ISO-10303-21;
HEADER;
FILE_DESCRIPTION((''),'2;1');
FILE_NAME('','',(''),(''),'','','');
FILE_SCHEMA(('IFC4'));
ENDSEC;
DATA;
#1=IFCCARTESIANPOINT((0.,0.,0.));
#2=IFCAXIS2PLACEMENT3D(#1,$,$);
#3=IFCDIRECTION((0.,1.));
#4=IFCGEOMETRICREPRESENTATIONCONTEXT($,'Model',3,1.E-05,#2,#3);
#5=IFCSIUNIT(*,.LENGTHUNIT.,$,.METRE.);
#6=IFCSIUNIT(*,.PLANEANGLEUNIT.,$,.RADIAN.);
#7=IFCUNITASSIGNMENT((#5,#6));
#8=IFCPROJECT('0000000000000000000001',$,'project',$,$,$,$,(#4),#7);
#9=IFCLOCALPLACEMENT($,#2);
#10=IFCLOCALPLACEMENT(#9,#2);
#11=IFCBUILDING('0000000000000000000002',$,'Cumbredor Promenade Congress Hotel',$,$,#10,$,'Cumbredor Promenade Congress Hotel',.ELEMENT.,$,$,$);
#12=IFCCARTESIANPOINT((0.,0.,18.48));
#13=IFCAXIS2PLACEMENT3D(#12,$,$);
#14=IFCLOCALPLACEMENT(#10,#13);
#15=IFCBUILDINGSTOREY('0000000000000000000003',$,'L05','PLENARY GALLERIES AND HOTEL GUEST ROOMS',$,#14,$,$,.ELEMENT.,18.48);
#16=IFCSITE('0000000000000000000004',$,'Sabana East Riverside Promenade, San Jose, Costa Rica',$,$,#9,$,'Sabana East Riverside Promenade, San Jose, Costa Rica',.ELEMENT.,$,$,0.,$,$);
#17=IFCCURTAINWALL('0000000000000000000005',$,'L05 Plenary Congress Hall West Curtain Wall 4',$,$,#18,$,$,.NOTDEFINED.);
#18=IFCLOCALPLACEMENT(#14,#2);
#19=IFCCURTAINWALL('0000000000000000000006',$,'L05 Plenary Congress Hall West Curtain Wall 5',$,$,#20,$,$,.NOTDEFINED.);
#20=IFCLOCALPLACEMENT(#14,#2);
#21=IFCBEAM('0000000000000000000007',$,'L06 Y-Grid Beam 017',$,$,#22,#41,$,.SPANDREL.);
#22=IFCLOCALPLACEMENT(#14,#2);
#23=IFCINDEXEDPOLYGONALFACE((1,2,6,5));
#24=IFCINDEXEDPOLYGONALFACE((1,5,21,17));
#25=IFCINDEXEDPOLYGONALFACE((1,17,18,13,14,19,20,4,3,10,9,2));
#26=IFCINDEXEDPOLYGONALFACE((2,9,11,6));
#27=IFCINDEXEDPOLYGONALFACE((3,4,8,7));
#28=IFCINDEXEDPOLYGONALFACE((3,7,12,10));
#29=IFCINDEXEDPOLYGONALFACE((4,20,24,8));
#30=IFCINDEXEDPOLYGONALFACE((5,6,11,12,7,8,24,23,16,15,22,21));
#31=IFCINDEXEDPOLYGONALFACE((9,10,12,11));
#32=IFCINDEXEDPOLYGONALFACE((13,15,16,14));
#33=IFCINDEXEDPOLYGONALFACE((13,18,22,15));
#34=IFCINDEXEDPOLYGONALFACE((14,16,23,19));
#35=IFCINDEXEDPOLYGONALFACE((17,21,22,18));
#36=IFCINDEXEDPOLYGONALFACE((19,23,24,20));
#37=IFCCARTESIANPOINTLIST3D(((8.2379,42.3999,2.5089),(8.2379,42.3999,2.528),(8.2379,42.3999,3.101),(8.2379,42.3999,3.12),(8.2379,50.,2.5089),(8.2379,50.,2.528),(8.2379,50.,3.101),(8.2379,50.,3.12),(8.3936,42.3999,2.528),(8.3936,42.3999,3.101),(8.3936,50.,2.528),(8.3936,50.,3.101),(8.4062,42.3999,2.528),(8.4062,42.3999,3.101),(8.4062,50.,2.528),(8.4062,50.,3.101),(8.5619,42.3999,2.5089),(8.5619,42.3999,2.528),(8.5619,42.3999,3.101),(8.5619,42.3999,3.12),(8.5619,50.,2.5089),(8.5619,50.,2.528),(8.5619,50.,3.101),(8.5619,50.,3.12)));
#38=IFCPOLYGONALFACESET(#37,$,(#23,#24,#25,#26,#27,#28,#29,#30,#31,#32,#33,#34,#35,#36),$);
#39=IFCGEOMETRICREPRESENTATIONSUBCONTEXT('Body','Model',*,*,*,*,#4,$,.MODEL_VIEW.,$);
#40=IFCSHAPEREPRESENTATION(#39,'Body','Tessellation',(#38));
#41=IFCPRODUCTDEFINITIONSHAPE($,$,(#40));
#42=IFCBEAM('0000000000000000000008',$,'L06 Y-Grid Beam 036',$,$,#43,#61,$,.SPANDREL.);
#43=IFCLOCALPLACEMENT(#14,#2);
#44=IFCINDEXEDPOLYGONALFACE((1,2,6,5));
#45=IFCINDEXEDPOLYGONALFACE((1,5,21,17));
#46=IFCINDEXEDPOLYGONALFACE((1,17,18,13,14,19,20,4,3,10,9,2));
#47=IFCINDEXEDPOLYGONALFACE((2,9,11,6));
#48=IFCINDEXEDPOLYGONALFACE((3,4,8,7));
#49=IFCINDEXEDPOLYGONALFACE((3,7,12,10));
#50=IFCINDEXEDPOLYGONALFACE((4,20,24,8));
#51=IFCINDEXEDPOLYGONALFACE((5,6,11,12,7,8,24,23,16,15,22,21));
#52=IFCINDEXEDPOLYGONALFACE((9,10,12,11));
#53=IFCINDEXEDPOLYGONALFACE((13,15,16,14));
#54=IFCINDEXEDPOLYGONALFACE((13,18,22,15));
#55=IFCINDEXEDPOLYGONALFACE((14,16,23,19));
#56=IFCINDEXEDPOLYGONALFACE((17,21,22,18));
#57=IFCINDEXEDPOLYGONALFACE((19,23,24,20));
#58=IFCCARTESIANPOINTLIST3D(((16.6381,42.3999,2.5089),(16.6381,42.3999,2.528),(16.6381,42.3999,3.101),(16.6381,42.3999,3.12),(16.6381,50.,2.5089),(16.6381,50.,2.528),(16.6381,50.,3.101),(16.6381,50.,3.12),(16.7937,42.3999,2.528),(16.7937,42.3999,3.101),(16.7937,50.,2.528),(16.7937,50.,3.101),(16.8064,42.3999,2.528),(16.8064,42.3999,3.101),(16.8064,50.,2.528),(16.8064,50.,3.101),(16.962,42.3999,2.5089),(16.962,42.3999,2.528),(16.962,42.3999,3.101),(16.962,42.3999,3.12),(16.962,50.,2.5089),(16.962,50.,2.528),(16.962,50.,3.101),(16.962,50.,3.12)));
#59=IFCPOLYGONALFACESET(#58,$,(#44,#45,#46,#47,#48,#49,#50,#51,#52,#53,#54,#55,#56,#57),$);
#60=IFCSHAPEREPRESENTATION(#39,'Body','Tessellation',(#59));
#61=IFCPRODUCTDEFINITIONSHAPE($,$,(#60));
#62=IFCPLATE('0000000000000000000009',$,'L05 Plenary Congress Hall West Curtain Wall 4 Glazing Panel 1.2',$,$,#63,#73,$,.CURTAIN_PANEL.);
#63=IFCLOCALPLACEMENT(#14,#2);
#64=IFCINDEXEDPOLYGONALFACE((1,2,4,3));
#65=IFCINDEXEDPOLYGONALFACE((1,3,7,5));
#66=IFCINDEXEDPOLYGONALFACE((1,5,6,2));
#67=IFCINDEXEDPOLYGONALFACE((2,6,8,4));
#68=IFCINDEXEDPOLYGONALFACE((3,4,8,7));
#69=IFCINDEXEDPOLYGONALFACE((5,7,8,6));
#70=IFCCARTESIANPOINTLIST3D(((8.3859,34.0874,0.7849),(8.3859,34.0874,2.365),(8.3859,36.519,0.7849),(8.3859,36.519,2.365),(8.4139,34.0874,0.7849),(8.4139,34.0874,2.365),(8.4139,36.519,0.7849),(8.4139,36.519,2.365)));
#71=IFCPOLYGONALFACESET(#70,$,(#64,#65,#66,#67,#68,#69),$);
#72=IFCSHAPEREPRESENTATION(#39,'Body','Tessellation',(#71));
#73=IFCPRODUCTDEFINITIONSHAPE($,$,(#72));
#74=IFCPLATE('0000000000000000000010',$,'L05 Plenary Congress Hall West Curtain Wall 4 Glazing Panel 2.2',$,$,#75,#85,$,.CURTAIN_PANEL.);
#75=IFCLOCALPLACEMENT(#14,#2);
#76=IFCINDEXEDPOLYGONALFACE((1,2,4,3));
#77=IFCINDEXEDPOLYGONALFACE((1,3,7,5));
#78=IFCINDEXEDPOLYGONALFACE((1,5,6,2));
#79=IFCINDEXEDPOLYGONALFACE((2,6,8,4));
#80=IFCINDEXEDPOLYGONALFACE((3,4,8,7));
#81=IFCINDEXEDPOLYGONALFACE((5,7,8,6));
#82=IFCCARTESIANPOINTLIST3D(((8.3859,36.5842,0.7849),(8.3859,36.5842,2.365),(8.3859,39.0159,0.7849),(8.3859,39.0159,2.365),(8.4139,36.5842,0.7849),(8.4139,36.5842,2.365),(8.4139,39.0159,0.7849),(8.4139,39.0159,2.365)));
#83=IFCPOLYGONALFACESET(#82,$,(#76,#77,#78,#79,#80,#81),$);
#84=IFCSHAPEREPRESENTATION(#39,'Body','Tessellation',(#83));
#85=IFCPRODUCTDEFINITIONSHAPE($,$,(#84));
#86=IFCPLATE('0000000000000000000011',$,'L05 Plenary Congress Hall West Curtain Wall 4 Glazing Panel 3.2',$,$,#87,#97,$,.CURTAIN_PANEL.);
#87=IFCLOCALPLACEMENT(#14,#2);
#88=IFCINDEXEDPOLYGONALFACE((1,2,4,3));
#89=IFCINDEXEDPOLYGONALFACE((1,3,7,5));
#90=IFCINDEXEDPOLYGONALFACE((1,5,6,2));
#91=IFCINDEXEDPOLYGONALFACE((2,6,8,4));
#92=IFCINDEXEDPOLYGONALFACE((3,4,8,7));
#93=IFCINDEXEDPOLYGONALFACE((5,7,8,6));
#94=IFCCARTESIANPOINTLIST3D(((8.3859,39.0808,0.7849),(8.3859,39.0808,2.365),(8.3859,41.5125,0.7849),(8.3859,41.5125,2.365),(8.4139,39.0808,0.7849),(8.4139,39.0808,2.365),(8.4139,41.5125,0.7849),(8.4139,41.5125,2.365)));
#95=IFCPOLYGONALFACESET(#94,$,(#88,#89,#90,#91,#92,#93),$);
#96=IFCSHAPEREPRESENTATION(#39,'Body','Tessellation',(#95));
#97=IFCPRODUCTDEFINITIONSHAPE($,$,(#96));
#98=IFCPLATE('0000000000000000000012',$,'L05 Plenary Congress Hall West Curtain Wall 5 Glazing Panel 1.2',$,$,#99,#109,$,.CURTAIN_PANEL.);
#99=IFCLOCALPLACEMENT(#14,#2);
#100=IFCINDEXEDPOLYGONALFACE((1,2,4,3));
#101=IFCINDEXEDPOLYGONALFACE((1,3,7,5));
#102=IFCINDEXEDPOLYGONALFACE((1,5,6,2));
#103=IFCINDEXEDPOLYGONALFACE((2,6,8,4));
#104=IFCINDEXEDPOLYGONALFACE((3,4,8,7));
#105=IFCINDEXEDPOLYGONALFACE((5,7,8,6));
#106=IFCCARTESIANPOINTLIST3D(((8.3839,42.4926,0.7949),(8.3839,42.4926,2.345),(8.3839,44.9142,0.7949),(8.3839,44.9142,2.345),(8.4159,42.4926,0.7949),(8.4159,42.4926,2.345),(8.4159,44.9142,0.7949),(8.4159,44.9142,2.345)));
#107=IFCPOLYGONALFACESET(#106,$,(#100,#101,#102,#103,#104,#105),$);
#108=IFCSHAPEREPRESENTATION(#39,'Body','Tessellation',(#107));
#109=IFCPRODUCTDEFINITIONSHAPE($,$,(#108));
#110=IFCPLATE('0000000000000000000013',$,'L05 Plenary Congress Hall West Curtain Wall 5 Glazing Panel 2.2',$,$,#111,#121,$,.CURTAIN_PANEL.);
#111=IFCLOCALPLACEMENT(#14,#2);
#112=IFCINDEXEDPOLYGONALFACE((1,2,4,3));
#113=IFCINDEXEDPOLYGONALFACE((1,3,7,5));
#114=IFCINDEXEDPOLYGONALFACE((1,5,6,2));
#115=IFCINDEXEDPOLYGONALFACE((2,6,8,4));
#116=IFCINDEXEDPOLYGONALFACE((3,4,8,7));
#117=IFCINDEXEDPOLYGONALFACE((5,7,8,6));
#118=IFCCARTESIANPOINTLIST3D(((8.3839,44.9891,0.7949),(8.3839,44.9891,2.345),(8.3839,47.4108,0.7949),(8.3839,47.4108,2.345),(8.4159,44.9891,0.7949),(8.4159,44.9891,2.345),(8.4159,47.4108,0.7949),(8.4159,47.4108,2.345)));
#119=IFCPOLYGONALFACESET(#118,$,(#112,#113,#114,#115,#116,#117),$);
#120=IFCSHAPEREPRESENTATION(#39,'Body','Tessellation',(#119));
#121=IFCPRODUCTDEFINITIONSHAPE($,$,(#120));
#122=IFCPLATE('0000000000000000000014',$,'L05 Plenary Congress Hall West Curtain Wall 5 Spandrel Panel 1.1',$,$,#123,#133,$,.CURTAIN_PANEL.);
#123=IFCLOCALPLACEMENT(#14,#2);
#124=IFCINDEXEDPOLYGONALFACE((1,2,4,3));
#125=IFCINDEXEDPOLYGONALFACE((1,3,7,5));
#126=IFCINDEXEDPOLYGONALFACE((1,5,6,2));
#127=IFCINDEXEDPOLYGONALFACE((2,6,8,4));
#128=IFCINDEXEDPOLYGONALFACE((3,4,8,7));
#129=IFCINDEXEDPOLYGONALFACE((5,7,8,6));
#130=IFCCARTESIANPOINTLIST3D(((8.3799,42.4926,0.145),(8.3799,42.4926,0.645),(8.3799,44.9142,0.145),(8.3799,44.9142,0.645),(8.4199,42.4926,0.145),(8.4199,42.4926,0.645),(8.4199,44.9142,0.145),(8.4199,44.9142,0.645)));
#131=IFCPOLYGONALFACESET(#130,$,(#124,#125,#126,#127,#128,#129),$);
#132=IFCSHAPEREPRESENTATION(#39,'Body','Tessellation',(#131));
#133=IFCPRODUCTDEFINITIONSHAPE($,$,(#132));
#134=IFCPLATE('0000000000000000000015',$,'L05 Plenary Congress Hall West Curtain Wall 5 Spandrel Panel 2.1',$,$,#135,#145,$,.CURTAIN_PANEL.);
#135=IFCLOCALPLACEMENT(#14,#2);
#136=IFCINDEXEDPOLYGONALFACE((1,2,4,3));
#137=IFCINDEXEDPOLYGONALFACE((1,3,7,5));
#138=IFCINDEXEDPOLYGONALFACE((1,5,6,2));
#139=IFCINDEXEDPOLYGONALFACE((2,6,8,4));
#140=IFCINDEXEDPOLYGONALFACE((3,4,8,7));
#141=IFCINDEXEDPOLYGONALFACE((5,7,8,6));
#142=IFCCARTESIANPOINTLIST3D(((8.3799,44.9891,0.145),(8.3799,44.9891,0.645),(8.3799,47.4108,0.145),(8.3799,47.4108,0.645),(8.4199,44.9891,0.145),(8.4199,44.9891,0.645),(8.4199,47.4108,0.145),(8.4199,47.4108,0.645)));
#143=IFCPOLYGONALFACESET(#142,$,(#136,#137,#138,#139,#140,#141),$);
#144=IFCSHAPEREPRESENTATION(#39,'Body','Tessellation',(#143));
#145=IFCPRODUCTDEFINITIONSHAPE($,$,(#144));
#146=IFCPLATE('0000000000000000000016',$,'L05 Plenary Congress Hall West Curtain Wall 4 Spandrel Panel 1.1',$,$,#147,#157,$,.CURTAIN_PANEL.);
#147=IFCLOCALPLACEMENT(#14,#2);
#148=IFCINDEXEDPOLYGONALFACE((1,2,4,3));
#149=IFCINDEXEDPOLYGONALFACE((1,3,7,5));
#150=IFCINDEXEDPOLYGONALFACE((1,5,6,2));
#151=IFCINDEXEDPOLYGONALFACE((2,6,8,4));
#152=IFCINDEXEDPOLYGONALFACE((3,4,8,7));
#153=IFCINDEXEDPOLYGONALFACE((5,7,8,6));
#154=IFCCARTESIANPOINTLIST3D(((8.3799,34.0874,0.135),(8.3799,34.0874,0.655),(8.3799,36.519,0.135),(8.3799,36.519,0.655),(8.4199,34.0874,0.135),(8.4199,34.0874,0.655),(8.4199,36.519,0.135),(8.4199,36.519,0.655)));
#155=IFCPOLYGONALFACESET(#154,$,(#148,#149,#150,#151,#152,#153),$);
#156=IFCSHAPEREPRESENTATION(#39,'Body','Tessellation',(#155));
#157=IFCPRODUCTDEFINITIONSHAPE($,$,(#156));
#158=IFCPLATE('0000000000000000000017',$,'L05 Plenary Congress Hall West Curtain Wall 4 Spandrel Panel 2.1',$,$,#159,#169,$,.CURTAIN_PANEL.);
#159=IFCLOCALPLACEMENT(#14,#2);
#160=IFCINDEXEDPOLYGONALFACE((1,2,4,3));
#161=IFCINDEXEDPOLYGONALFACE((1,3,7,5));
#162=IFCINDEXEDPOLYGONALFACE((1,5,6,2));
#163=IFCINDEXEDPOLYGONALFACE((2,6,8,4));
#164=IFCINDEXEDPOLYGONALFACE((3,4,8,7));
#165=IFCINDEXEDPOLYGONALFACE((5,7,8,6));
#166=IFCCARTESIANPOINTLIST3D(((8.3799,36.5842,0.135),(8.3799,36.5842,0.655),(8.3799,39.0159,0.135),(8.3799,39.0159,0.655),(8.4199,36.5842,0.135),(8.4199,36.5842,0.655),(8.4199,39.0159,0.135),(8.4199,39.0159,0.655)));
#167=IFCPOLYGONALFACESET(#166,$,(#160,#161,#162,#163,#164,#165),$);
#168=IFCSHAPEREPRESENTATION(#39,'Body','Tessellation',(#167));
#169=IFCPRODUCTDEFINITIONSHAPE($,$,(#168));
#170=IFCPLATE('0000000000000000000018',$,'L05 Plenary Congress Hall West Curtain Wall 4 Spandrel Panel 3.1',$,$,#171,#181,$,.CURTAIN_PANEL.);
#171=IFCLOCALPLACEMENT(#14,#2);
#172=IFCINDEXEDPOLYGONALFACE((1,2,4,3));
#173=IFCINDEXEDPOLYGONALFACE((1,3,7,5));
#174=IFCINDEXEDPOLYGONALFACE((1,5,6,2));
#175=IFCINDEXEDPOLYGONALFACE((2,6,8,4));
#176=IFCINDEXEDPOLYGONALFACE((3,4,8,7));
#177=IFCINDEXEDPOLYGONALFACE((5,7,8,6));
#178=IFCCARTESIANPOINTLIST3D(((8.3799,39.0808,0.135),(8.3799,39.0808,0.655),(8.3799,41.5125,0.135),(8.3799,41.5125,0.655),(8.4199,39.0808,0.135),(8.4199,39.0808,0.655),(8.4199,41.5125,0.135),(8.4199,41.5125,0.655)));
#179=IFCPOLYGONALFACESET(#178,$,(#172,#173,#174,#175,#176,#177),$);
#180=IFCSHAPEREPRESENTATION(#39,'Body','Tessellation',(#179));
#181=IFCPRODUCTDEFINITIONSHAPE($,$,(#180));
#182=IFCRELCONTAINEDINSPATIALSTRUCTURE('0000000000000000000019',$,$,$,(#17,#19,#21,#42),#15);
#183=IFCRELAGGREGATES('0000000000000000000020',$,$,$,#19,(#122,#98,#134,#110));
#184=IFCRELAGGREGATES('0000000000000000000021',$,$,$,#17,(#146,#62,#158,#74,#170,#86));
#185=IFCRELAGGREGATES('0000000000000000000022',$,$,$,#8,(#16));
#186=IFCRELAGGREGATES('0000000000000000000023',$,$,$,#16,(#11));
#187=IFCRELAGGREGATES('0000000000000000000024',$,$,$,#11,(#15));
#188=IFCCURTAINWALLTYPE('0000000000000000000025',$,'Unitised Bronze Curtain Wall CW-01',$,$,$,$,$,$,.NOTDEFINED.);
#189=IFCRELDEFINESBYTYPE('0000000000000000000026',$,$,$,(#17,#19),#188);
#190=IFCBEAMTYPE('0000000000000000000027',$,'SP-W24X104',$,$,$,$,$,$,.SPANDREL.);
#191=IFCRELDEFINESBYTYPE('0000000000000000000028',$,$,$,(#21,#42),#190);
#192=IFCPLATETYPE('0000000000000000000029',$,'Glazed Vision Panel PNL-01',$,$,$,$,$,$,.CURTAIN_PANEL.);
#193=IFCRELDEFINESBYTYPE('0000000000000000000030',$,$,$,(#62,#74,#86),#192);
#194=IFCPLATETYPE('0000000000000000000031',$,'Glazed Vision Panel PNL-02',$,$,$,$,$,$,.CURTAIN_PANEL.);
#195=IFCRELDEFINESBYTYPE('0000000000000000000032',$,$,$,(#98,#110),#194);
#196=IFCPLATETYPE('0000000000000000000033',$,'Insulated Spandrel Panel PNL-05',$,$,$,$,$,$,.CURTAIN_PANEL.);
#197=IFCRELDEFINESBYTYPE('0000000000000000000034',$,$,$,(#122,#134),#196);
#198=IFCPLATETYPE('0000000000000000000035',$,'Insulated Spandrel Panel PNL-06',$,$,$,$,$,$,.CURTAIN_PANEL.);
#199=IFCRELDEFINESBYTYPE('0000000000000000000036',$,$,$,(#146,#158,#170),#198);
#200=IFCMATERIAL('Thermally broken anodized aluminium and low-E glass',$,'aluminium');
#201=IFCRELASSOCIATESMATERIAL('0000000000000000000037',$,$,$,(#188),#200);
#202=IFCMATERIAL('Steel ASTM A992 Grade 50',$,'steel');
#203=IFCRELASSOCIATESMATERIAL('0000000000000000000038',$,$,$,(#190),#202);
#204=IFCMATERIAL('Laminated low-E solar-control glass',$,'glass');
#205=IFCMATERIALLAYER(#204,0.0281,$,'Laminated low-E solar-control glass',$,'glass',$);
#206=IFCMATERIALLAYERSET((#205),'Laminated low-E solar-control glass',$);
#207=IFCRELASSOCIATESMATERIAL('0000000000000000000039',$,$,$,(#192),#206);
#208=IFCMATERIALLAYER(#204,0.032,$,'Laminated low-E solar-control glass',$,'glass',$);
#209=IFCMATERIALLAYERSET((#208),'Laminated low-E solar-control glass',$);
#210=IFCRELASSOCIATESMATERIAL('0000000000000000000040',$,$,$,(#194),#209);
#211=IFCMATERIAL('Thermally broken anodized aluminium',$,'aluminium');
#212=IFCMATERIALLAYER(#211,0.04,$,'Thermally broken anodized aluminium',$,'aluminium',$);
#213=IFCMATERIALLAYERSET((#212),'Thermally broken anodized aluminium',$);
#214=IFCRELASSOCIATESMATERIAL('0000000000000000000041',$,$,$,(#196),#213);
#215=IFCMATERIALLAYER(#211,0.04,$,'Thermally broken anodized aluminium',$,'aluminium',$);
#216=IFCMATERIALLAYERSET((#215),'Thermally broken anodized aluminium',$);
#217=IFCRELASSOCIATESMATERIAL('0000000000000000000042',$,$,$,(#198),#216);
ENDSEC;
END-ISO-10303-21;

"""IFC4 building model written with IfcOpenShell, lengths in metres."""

from ifc_helpers import new_model, si_unit, direction, frame, origin, origin_2d, place, context, subcontext, project, spatial, rectangle, i_section, extrude, material, layer, layer_set, material_profile, profile_set, type_object, element, aggregate, save


model = new_model("IFC4")

# Units and contexts
model_context = context("Model", 3, precision=1e-05, world=origin(), true_north=direction((0.0, 1.0)))
body_context = subcontext(model_context, "Body", "Model", "MODEL_VIEW")
ifc_project = project(units=[si_unit("LENGTHUNIT", "METRE"), si_unit("PLANEANGLEUNIT", "RADIAN")], contexts=[model_context])

# Site, building, storey
site_placement = place(None, origin())
site = spatial("IfcSite", under=ifc_project, at=site_placement, Name="Sabana East Riverside Promenade, San Jose, Costa Rica", LongName="Sabana East Riverside Promenade, San Jose, Costa Rica", CompositionType="ELEMENT", RefElevation=0.0)
building_placement = place(site_placement, origin())
building = spatial("IfcBuilding", under=site, at=building_placement, Name="Cumbredor Promenade Congress Hotel", LongName="Cumbredor Promenade Congress Hotel", CompositionType="ELEMENT")
storey_placement = place(building_placement, frame((0.0, 0.0, 18.48)))
storey = spatial("IfcBuildingStorey", under=building, at=storey_placement, Name="L05", Description="PLENARY GALLERIES AND HOTEL GUEST ROOMS", CompositionType="ELEMENT", Elevation=18.48)

# Curtain walls
ifc_material_1 = material(Name="Thermally broken anodized aluminium and low-E glass", Category="aluminium")
curtain_wall_type = type_object("IfcCurtainWallType", Name="Unitised Bronze Curtain Wall CW-01", PredefinedType="NOTDEFINED", material=ifc_material_1)
curtain_wall_1_placement = place(storey_placement, origin())
curtain_wall_1 = element("IfcCurtainWall", 1, at=curtain_wall_1_placement, inside=storey, type_object=curtain_wall_type, Name="L05 Plenary Congress Hall West Curtain Wall 4", PredefinedType="NOTDEFINED")
ifc_material_2 = material(Name="Thermally broken anodized aluminium", Category="aluminium")
curtain_wall_2_placement = place(storey_placement, origin())
curtain_wall_2 = element("IfcCurtainWall", 2, at=curtain_wall_2_placement, inside=storey, type_object=curtain_wall_type, Name="L05 Plenary Congress Hall West Curtain Wall 5", PredefinedType="NOTDEFINED")

# Beams
ifc_material_3 = material(Name="Steel ASTM A992 Grade 50", Category="steel")
ifc_material_profile_1 = material_profile(ifc_material_3, i_section(OverallWidth=0.324, OverallDepth=0.6111, WebThickness=0.0127, FlangeThickness=0.019, at=origin_2d()), Name="W24X104")
ifc_profile_set_1 = profile_set([ifc_material_profile_1], Name="Steel ASTM A992 Grade 50")
beam_type_1 = type_object("IfcBeamType", Name="SP-W24X104", PredefinedType="SPANDREL", material=ifc_profile_set_1)
for number, where, z_axis, x_axis, name in (
    (3, (8.3999, 42.3999, 2.8145), (0.0, 1.0, 0.0), (-1.0, 0.0, 0.0), "L06 Y-Grid Beam 017"),
    (4, (16.8, 42.3999, 2.8145), (0.0, 1.0, 0.0), (-1.0, 0.0, 0.0), "L06 Y-Grid Beam 036"),
):
    element("IfcBeam", number, at=place(storey_placement, frame(where, z_axis=z_axis, x_axis=x_axis)), inside=storey, type_object=beam_type_1, Name=name, PredefinedType="SPANDREL", context=body_context, shape_type="SweptSolid", body=[
        extrude(i_section(OverallWidth=0.324, OverallDepth=0.6111, WebThickness=0.0127, FlangeThickness=0.019, at=origin_2d()), origin(), (0.0, 0.0, 1.0), 7.6001),
    ])

# Plates
ifc_material_4 = material(Name="Laminated low-E solar-control glass", Category="glass")
ifc_layer_1 = layer(ifc_material_4, 0.0281, Name="Laminated low-E solar-control glass", Category="glass")
ifc_layer_set_1 = layer_set([ifc_layer_1], Name="Laminated low-E solar-control glass")
plate_type_1 = type_object("IfcPlateType", Name="Glazed Vision Panel PNL-01", PredefinedType="CURTAIN_PANEL", material=ifc_layer_set_1)
plate_1_placement = place(storey_placement, frame((8.3999, 35.3032, 0.7849), z_axis=(0.0, 0.0, 1.0), x_axis=(0.0, 1.0, 0.0)))
plate_1 = element("IfcPlate", 5, at=plate_1_placement, type_object=plate_type_1, Name="L05 Plenary Congress Hall West Curtain Wall 4 Glazing Panel 1.2", PredefinedType="CURTAIN_PANEL", context=body_context, shape_type="SweptSolid", body=[
    extrude(rectangle(XDim=2.4316, YDim=0.0281, at=origin_2d()), origin(), (0.0, 0.0, 1.0), 1.5801),
])
plate_2_placement = place(storey_placement, frame((8.3999, 37.8, 0.7849), z_axis=(0.0, 0.0, 1.0), x_axis=(0.0, 1.0, 0.0)))
plate_2 = element("IfcPlate", 6, at=plate_2_placement, type_object=plate_type_1, Name="L05 Plenary Congress Hall West Curtain Wall 4 Glazing Panel 2.2", PredefinedType="CURTAIN_PANEL", context=body_context, shape_type="SweptSolid", body=[
    extrude(rectangle(XDim=2.4316, YDim=0.0281, at=origin_2d()), origin(), (0.0, 0.0, 1.0), 1.5801),
])
plate_3_placement = place(storey_placement, frame((8.3999, 40.2966, 0.7849), z_axis=(0.0, 0.0, 1.0), x_axis=(0.0, 1.0, 0.0)))
plate_3 = element("IfcPlate", 7, at=plate_3_placement, type_object=plate_type_1, Name="L05 Plenary Congress Hall West Curtain Wall 4 Glazing Panel 3.2", PredefinedType="CURTAIN_PANEL", context=body_context, shape_type="SweptSolid", body=[
    extrude(rectangle(XDim=2.4316, YDim=0.0281, at=origin_2d()), origin(), (0.0, 0.0, 1.0), 1.5801),
])
ifc_layer_2 = layer(ifc_material_4, 0.032, Name="Laminated low-E solar-control glass", Category="glass")
ifc_layer_set_2 = layer_set([ifc_layer_2], Name="Laminated low-E solar-control glass")
plate_type_2 = type_object("IfcPlateType", Name="Glazed Vision Panel PNL-02", PredefinedType="CURTAIN_PANEL", material=ifc_layer_set_2)
plate_4_placement = place(storey_placement, frame((8.3999, 43.7034, 0.7949), z_axis=(0.0, 0.0, 1.0), x_axis=(0.0, 1.0, 0.0)))
plate_4 = element("IfcPlate", 8, at=plate_4_placement, type_object=plate_type_2, Name="L05 Plenary Congress Hall West Curtain Wall 5 Glazing Panel 1.2", PredefinedType="CURTAIN_PANEL", context=body_context, shape_type="SweptSolid", body=[
    extrude(rectangle(XDim=2.4216, YDim=0.032, at=origin_2d()), origin(), (0.0, 0.0, 1.0), 1.55),
])
plate_5_placement = place(storey_placement, frame((8.3999, 46.2, 0.7949), z_axis=(0.0, 0.0, 1.0), x_axis=(0.0, 1.0, 0.0)))
plate_5 = element("IfcPlate", 9, at=plate_5_placement, type_object=plate_type_2, Name="L05 Plenary Congress Hall West Curtain Wall 5 Glazing Panel 2.2", PredefinedType="CURTAIN_PANEL", context=body_context, shape_type="SweptSolid", body=[
    extrude(rectangle(XDim=2.4216, YDim=0.032, at=origin_2d()), origin(), (0.0, 0.0, 1.0), 1.55),
])
ifc_layer_3 = layer(ifc_material_2, 0.04, Name="Thermally broken anodized aluminium", Category="aluminium")
ifc_layer_set_3 = layer_set([ifc_layer_3], Name="Thermally broken anodized aluminium")
plate_type_3 = type_object("IfcPlateType", Name="Insulated Spandrel Panel PNL-05", PredefinedType="CURTAIN_PANEL", material=ifc_layer_set_3)
plate_6_placement = place(storey_placement, frame((8.3999, 43.7034, 0.145), z_axis=(0.0, 0.0, 1.0), x_axis=(0.0, 1.0, 0.0)))
plate_6 = element("IfcPlate", 10, at=plate_6_placement, type_object=plate_type_3, Name="L05 Plenary Congress Hall West Curtain Wall 5 Spandrel Panel 1.1", PredefinedType="CURTAIN_PANEL", context=body_context, shape_type="SweptSolid", body=[
    extrude(rectangle(XDim=2.4216, YDim=0.04, at=origin_2d()), origin(), (0.0, 0.0, 1.0), 0.5),
])
plate_7_placement = place(storey_placement, frame((8.3999, 46.2, 0.145), z_axis=(0.0, 0.0, 1.0), x_axis=(0.0, 1.0, 0.0)))
plate_7 = element("IfcPlate", 11, at=plate_7_placement, type_object=plate_type_3, Name="L05 Plenary Congress Hall West Curtain Wall 5 Spandrel Panel 2.1", PredefinedType="CURTAIN_PANEL", context=body_context, shape_type="SweptSolid", body=[
    extrude(rectangle(XDim=2.4216, YDim=0.04, at=origin_2d()), origin(), (0.0, 0.0, 1.0), 0.5),
])
aggregate(curtain_wall_2, [plate_6, plate_4, plate_7, plate_5])
ifc_layer_4 = layer(ifc_material_2, 0.04, Name="Thermally broken anodized aluminium", Category="aluminium")
ifc_layer_set_4 = layer_set([ifc_layer_4], Name="Thermally broken anodized aluminium")
plate_type_4 = type_object("IfcPlateType", Name="Insulated Spandrel Panel PNL-06", PredefinedType="CURTAIN_PANEL", material=ifc_layer_set_4)
plate_8_placement = place(storey_placement, frame((8.3999, 35.3032, 0.135), z_axis=(0.0, 0.0, 1.0), x_axis=(0.0, 1.0, 0.0)))
plate_8 = element("IfcPlate", 12, at=plate_8_placement, type_object=plate_type_4, Name="L05 Plenary Congress Hall West Curtain Wall 4 Spandrel Panel 1.1", PredefinedType="CURTAIN_PANEL", context=body_context, shape_type="SweptSolid", body=[
    extrude(rectangle(XDim=2.4316, YDim=0.04, at=origin_2d()), origin(), (0.0, 0.0, 1.0), 0.52),
])
plate_9_placement = place(storey_placement, frame((8.3999, 37.8, 0.135), z_axis=(0.0, 0.0, 1.0), x_axis=(0.0, 1.0, 0.0)))
plate_9 = element("IfcPlate", 13, at=plate_9_placement, type_object=plate_type_4, Name="L05 Plenary Congress Hall West Curtain Wall 4 Spandrel Panel 2.1", PredefinedType="CURTAIN_PANEL", context=body_context, shape_type="SweptSolid", body=[
    extrude(rectangle(XDim=2.4316, YDim=0.04, at=origin_2d()), origin(), (0.0, 0.0, 1.0), 0.52),
])
plate_10_placement = place(storey_placement, frame((8.3999, 40.2966, 0.135), z_axis=(0.0, 0.0, 1.0), x_axis=(0.0, 1.0, 0.0)))
plate_10 = element("IfcPlate", 14, at=plate_10_placement, type_object=plate_type_4, Name="L05 Plenary Congress Hall West Curtain Wall 4 Spandrel Panel 3.1", PredefinedType="CURTAIN_PANEL", context=body_context, shape_type="SweptSolid", body=[
    extrude(rectangle(XDim=2.4316, YDim=0.04, at=origin_2d()), origin(), (0.0, 0.0, 1.0), 0.52),
])
aggregate(curtain_wall_1, [plate_8, plate_1, plate_9, plate_2, plate_10, plate_3])

save(model, "model.ifc")
